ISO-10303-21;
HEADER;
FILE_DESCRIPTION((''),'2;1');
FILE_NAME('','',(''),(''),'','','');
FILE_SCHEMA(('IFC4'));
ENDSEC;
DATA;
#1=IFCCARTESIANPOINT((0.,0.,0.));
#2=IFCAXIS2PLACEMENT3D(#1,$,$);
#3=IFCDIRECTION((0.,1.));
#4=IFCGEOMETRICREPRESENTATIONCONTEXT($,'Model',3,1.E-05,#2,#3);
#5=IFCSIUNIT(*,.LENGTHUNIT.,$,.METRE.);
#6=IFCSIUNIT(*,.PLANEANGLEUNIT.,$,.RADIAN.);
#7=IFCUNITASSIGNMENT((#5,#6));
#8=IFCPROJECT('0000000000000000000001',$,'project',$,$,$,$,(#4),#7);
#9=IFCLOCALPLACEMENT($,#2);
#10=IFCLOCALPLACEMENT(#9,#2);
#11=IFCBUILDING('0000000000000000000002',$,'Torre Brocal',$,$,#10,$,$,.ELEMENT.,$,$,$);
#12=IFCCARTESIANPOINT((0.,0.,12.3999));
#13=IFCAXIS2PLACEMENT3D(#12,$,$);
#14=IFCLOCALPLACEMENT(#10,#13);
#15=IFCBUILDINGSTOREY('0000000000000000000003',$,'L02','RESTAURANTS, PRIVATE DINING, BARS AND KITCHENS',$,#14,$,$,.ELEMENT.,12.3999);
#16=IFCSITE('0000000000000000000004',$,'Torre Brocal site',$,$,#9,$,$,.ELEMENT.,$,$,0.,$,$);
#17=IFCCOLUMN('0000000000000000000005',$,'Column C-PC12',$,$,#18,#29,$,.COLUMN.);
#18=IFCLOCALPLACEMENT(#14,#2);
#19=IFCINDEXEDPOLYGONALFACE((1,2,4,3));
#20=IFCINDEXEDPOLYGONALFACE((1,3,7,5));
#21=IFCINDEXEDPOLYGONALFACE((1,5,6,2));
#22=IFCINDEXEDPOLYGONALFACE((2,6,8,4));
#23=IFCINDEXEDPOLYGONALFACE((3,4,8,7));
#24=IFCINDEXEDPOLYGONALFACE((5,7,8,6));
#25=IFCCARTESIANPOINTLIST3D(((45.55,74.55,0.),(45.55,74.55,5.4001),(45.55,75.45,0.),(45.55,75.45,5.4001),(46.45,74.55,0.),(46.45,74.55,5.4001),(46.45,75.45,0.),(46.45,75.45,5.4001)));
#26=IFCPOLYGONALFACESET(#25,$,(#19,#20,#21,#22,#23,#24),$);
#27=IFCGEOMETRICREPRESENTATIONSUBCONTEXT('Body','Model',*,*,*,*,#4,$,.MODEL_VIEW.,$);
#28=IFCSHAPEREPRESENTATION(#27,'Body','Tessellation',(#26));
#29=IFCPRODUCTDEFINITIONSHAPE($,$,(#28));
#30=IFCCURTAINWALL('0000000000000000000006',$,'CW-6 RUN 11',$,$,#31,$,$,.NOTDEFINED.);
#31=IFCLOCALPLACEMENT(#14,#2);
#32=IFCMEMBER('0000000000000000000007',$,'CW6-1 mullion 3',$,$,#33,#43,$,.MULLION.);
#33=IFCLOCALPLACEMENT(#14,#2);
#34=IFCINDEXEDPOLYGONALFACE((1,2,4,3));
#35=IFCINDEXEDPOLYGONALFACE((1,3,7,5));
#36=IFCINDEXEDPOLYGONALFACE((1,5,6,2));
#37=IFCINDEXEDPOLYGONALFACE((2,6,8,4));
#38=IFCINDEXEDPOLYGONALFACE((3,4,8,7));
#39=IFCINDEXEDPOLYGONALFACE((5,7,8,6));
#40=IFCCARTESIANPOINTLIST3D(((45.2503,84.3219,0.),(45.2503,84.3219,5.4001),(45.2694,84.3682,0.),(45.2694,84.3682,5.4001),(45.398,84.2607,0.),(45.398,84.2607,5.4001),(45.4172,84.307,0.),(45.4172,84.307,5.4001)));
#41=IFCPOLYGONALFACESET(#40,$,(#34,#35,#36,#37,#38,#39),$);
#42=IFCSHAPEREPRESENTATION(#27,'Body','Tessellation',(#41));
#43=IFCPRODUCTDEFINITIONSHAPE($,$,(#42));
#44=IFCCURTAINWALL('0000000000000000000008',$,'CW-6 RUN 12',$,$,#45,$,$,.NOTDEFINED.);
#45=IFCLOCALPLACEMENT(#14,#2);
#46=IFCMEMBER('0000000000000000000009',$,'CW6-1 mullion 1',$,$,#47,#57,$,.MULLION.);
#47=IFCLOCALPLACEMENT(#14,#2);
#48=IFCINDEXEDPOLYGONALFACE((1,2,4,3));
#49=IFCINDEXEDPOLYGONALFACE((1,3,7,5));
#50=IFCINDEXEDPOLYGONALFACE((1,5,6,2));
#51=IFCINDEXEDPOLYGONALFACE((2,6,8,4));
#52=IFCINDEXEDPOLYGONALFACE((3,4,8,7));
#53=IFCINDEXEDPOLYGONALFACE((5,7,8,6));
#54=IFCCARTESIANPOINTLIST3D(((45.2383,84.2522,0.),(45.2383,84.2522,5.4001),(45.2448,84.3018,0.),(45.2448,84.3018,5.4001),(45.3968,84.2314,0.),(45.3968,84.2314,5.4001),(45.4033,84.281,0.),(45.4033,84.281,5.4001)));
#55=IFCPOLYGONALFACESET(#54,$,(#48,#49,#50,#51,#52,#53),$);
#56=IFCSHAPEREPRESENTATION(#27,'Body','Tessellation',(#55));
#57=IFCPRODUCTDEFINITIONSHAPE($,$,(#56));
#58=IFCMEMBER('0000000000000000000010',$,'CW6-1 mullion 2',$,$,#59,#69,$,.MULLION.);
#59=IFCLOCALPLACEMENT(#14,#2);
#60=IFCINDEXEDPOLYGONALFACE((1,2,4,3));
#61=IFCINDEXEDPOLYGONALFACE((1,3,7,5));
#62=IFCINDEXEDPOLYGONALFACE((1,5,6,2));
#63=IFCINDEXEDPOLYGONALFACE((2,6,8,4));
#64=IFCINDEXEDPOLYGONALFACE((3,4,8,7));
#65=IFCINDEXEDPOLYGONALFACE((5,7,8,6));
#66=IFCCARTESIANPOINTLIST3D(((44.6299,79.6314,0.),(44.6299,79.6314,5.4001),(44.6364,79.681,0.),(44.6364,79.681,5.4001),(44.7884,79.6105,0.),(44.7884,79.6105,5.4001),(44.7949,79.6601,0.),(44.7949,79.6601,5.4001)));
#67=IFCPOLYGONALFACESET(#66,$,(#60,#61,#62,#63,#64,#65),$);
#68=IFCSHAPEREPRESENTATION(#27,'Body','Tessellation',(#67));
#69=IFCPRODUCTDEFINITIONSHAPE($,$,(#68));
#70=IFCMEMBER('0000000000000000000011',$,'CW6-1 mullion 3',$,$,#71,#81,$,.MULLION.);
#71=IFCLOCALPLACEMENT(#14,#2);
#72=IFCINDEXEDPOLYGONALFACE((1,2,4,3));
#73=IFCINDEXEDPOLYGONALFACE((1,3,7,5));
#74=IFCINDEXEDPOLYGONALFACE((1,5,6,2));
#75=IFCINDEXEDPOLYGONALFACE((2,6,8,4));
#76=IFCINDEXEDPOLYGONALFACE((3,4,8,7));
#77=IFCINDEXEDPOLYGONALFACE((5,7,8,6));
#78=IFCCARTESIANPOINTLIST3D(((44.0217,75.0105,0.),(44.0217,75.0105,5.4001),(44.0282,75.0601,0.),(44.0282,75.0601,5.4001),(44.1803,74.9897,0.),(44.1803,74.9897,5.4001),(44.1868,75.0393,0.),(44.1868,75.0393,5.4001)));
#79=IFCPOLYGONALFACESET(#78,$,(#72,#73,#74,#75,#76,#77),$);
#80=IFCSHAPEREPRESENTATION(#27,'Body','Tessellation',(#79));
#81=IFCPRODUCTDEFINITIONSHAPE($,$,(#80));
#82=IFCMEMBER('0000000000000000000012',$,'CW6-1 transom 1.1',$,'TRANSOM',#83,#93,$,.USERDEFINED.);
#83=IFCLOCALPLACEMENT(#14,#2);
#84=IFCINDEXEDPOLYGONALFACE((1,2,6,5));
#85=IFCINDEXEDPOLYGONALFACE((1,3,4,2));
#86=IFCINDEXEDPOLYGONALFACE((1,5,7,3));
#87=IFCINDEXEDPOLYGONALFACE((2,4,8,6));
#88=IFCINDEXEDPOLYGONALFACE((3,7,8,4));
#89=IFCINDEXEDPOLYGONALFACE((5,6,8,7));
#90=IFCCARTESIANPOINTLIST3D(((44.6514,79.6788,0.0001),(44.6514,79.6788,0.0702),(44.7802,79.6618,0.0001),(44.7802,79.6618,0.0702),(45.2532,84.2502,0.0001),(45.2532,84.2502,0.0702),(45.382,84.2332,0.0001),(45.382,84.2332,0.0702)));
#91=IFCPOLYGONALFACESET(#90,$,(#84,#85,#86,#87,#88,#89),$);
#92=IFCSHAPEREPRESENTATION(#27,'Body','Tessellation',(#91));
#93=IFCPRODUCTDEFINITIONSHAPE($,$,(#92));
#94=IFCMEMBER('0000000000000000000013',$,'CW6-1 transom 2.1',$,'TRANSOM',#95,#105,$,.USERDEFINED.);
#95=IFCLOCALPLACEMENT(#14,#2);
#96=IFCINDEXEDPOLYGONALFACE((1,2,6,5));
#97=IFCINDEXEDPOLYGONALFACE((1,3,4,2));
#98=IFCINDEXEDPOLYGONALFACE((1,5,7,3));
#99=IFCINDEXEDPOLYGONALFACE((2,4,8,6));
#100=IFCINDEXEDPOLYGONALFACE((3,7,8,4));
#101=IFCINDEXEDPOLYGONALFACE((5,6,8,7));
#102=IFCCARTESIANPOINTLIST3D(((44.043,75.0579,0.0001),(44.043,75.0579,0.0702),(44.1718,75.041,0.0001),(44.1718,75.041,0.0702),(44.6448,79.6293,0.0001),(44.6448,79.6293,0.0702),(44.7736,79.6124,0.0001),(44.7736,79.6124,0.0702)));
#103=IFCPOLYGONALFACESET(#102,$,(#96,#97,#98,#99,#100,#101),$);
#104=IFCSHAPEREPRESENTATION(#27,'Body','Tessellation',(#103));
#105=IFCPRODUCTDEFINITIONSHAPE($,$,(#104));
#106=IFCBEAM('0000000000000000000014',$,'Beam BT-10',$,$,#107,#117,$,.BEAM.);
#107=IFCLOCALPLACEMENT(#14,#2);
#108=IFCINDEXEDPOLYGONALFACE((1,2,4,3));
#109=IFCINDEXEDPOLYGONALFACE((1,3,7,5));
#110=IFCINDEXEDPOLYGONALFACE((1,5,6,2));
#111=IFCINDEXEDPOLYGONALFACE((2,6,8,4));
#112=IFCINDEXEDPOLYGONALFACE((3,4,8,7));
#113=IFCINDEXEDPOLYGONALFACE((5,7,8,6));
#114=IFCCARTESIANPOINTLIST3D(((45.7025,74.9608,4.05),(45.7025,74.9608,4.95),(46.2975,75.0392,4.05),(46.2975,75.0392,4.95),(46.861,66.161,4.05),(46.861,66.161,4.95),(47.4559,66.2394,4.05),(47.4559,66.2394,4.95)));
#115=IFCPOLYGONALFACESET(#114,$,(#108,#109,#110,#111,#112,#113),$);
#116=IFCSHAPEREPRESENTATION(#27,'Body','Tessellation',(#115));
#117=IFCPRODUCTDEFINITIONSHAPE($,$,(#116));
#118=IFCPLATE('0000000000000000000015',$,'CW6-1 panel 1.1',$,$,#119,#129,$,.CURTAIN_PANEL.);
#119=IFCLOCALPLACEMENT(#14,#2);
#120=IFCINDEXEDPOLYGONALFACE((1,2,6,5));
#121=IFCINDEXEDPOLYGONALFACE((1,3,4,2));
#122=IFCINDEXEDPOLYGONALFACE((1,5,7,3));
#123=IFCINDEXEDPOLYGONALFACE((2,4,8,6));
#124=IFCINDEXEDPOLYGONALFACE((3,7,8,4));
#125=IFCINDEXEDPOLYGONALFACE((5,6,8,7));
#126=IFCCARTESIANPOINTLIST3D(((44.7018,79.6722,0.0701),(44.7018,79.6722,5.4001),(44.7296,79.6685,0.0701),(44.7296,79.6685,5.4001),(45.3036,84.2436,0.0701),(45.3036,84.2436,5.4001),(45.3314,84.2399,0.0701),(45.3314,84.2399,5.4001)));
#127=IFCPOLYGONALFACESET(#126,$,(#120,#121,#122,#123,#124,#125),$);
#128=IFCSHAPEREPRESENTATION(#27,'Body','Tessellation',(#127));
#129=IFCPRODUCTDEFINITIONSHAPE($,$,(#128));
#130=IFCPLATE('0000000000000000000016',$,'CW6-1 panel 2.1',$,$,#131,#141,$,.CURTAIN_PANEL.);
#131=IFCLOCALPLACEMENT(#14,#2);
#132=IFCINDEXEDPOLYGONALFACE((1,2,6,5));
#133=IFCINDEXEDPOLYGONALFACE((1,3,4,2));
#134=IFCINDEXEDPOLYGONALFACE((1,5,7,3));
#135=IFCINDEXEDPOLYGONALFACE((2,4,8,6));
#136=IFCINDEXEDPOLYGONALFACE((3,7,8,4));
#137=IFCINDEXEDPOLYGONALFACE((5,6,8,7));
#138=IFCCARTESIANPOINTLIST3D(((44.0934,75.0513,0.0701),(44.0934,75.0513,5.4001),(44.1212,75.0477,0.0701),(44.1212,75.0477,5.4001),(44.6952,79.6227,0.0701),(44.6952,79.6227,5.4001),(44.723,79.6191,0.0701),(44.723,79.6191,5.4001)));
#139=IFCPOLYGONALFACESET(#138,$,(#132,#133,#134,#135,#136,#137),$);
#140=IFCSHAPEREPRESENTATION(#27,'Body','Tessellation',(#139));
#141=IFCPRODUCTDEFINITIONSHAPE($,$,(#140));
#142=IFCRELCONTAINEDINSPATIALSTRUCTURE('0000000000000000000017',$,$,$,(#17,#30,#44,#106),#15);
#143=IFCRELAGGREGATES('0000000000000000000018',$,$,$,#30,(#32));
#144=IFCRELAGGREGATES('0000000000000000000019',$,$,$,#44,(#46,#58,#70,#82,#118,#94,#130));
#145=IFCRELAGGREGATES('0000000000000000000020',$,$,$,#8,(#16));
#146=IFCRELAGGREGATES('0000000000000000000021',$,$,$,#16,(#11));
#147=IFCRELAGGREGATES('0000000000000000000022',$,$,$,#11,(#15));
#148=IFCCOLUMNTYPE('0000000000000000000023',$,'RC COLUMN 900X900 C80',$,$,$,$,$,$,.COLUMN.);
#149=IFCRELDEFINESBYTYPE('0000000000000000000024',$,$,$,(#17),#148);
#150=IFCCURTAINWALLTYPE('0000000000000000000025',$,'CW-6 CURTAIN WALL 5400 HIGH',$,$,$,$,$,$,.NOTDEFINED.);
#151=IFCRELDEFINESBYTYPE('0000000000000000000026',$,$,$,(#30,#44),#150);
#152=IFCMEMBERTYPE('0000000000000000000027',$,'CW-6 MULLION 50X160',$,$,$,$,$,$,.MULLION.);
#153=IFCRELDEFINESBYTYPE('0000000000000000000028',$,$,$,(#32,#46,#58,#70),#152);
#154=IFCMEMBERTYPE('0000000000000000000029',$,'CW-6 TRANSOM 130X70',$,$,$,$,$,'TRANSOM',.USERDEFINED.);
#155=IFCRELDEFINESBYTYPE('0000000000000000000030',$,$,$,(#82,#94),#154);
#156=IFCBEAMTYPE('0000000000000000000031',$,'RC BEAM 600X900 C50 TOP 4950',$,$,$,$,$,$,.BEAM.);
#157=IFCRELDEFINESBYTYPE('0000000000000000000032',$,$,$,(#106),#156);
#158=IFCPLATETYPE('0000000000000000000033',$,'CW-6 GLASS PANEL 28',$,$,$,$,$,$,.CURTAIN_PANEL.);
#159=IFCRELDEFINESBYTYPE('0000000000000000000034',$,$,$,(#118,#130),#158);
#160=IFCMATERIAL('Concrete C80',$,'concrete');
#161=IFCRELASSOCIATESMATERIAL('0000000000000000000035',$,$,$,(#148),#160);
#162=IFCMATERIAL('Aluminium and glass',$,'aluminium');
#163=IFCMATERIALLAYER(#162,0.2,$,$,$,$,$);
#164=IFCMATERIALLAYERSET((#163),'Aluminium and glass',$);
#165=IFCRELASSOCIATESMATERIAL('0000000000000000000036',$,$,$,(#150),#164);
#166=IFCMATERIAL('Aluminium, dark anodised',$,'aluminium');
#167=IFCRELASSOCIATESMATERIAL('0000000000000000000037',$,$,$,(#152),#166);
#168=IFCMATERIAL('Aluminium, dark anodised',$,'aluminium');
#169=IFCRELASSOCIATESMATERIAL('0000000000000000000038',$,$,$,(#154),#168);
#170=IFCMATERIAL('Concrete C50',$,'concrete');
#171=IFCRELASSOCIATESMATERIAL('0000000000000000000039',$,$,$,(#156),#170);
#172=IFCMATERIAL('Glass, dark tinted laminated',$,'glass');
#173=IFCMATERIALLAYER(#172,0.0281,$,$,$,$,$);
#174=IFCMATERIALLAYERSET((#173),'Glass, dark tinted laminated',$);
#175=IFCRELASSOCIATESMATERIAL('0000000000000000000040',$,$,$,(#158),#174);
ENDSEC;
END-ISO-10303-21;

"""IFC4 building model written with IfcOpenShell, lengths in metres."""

from ifc_helpers import new_model, si_unit, direction, frame, origin, origin_2d, place, context, subcontext, project, spatial, rectangle, extrude, material, layer, layer_set, material_profile, profile_set, type_object, element, aggregate, save


model = new_model("IFC4")

# Units and contexts
model_context = context("Model", 3, precision=1e-05, world=origin(), true_north=direction((0.0, 1.0)))
body_context = subcontext(model_context, "Body", "Model", "MODEL_VIEW")
ifc_project = project(units=[si_unit("LENGTHUNIT", "METRE"), si_unit("PLANEANGLEUNIT", "RADIAN")], contexts=[model_context])

# Site, building, storey
site_placement = place(None, origin())
site = spatial("IfcSite", under=ifc_project, at=site_placement, Name="Torre Brocal site", CompositionType="ELEMENT", RefElevation=0.0)
building_placement = place(site_placement, origin())
building = spatial("IfcBuilding", under=site, at=building_placement, Name="Torre Brocal", CompositionType="ELEMENT")
storey_placement = place(building_placement, frame((0.0, 0.0, 12.3999)))
storey = spatial("IfcBuildingStorey", under=building, at=storey_placement, Name="L02", Description="RESTAURANTS, PRIVATE DINING, BARS AND KITCHENS", CompositionType="ELEMENT", Elevation=12.3999)

# Column
ifc_material_1 = material(Name="Concrete C80", Category="concrete")
ifc_material_profile_1 = material_profile(ifc_material_1, rectangle(XDim=0.8999, YDim=0.8999, at=origin_2d()), Name="RC 900X900")
ifc_profile_set_1 = profile_set([ifc_material_profile_1], Name="Concrete C80")
column_type = type_object("IfcColumnType", Name="RC COLUMN 900X900 C80", PredefinedType="COLUMN", material=ifc_profile_set_1)
column_placement = place(storey_placement, frame((46.0, 75.0, 0.0), z_axis=(0.0, 0.0, 1.0), x_axis=(-1.0, 0.0, 0.0)))
element("IfcColumn", 1, at=column_placement, inside=storey, type_object=column_type, Name="Column C-PC12", PredefinedType="COLUMN", context=body_context, shape_type="SweptSolid", body=[
    extrude(rectangle(XDim=0.8999, YDim=0.8999, at=origin_2d()), origin(), (0.0, 0.0, 1.0), 5.4001),
])

# Curtain wall, member
ifc_material_2 = material(Name="Aluminium and glass", Category="aluminium")
ifc_layer_1 = layer(ifc_material_2, 0.2)
ifc_layer_set_1 = layer_set([ifc_layer_1], Name="Aluminium and glass")
curtain_wall_type = type_object("IfcCurtainWallType", Name="CW-6 CURTAIN WALL 5400 HIGH", PredefinedType="NOTDEFINED", material=ifc_layer_set_1)
curtain_wall_1_placement = place(storey_placement, origin())
curtain_wall_1 = element("IfcCurtainWall", 2, at=curtain_wall_1_placement, inside=storey, type_object=curtain_wall_type, Name="CW-6 RUN 11", PredefinedType="NOTDEFINED")
ifc_material_3 = material(Name="Aluminium, dark anodised", Category="aluminium")
ifc_material_profile_2 = material_profile(ifc_material_3, rectangle(XDim=0.1599, YDim=0.05, at=origin_2d()), Name="CW-6 MULLION 50X160")
ifc_profile_set_2 = profile_set([ifc_material_profile_2], Name="Aluminium, dark anodised")
member_type_1 = type_object("IfcMemberType", Name="CW-6 MULLION 50X160", PredefinedType="MULLION", material=ifc_profile_set_2)
member_1_placement = place(storey_placement, frame((45.3337, 84.3145, 0.0), z_axis=(0.0, 0.0, 1.0), x_axis=(0.92388, -0.382683, 0.0)))
member_1 = element("IfcMember", 3, at=member_1_placement, type_object=member_type_1, Name="CW6-1 mullion 3", PredefinedType="MULLION", context=body_context, shape_type="SweptSolid", body=[
    extrude(rectangle(XDim=0.1599, YDim=0.05, at=origin_2d()), origin(), (0.0, 0.0, 1.0), 5.4001),
])
aggregate(curtain_wall_1, [member_1])

# Curtain wall, members
curtain_wall_2_placement = place(storey_placement, origin())
curtain_wall_2 = element("IfcCurtainWall", 4, at=curtain_wall_2_placement, inside=storey, type_object=curtain_wall_type, Name="CW-6 RUN 12", PredefinedType="NOTDEFINED")
member_2_placement = place(storey_placement, frame((45.3208, 84.2666, 0.0), z_axis=(0.0, 0.0, 1.0), x_axis=(0.991445, -0.130526, 0.0)))
member_2 = element("IfcMember", 5, at=member_2_placement, type_object=member_type_1, Name="CW6-1 mullion 1", PredefinedType="MULLION", context=body_context, shape_type="SweptSolid", body=[
    extrude(rectangle(XDim=0.1599, YDim=0.05, at=origin_2d()), origin(), (0.0, 0.0, 1.0), 5.4001),
])
member_3_placement = place(storey_placement, frame((44.7124, 79.6458, 0.0), z_axis=(0.0, 0.0, 1.0), x_axis=(0.991445, -0.130526, 0.0)))
member_3 = element("IfcMember", 6, at=member_3_placement, type_object=member_type_1, Name="CW6-1 mullion 2", PredefinedType="MULLION", context=body_context, shape_type="SweptSolid", body=[
    extrude(rectangle(XDim=0.1599, YDim=0.05, at=origin_2d()), origin(), (0.0, 0.0, 1.0), 5.4001),
])
member_4_placement = place(storey_placement, frame((44.1042, 75.0249, 0.0), z_axis=(0.0, 0.0, 1.0), x_axis=(0.991445, -0.130526, 0.0)))
member_4 = element("IfcMember", 7, at=member_4_placement, type_object=member_type_1, Name="CW6-1 mullion 3", PredefinedType="MULLION", context=body_context, shape_type="SweptSolid", body=[
    extrude(rectangle(XDim=0.1599, YDim=0.05, at=origin_2d()), origin(), (0.0, 0.0, 1.0), 5.4001),
])
ifc_material_4 = material(Name="Aluminium, dark anodised", Category="aluminium")
ifc_material_profile_3 = material_profile(ifc_material_4, rectangle(XDim=0.1299, YDim=0.0701, at=origin_2d()), Name="CW-6 TRANSOM 130X70")
ifc_profile_set_3 = profile_set([ifc_material_profile_3], Name="Aluminium, dark anodised")
member_type_2 = type_object("IfcMemberType", Name="CW-6 TRANSOM 130X70", ElementType="TRANSOM", PredefinedType="USERDEFINED", material=ifc_profile_set_3)
member_5_placement = place(storey_placement, frame((45.3176, 84.2417, 0.0352), z_axis=(-0.130523, -0.991445, 0.0), x_axis=(0.991445, -0.130523, 0.0)))
member_5 = element("IfcMember", 8, at=member_5_placement, type_object=member_type_2, Name="CW6-1 transom 1.1", ObjectType="TRANSOM", PredefinedType="USERDEFINED", context=body_context, shape_type="SweptSolid", body=[
    extrude(rectangle(XDim=0.1299, YDim=0.0701, at=origin_2d()), origin(), (0.0, 0.0, 1.0), 4.6108),
])
member_6_placement = place(storey_placement, frame((44.7092, 79.6208, 0.0352), z_axis=(-0.130523, -0.991445, 0.0), x_axis=(0.991445, -0.130523, 0.0)))
member_6 = element("IfcMember", 9, at=member_6_placement, type_object=member_type_2, Name="CW6-1 transom 2.1", ObjectType="TRANSOM", PredefinedType="USERDEFINED", context=body_context, shape_type="SweptSolid", body=[
    extrude(rectangle(XDim=0.1299, YDim=0.0701, at=origin_2d()), origin(), (0.0, 0.0, 1.0), 4.6108),
])

# Beam
ifc_material_5 = material(Name="Concrete C50", Category="concrete")
ifc_material_profile_4 = material_profile(ifc_material_5, rectangle(XDim=0.6001, YDim=0.8999, at=origin_2d()), Name="RC 600X900")
ifc_profile_set_4 = profile_set([ifc_material_profile_4], Name="Concrete C50")
beam_type = type_object("IfcBeamType", Name="RC BEAM 600X900 C50 TOP 4950", PredefinedType="BEAM", material=ifc_profile_set_4)
beam_placement = place(storey_placement, frame((46.0, 75.0, 4.5), z_axis=(0.130519, -0.991446, 0.0), x_axis=(0.991446, 0.130519, 0.0)))
element("IfcBeam", 10, at=beam_placement, inside=storey, type_object=beam_type, Name="Beam BT-10", PredefinedType="BEAM", context=body_context, shape_type="SweptSolid", body=[
    extrude(rectangle(XDim=0.6001, YDim=0.8999, at=origin_2d()), origin(), (0.0, 0.0, 1.0), 8.8757),
])

# Plates
ifc_material_6 = material(Name="Glass, dark tinted laminated", Category="glass")
ifc_layer_2 = layer(ifc_material_6, 0.0281)
ifc_layer_set_2 = layer_set([ifc_layer_2], Name="Glass, dark tinted laminated")
plate_type = type_object("IfcPlateType", Name="CW-6 GLASS PANEL 28", PredefinedType="CURTAIN_PANEL", material=ifc_layer_set_2)
plate_1_placement = place(storey_placement, frame((45.0166, 81.9561, 0.0701), z_axis=(0.0, 0.0, 1.0), x_axis=(-0.130526, -0.991445, 0.0)))
plate_1 = element("IfcPlate", 11, at=plate_1_placement, type_object=plate_type, Name="CW6-1 panel 1.1", PredefinedType="CURTAIN_PANEL", context=body_context, shape_type="SweptSolid", body=[
    extrude(rectangle(XDim=4.6108, YDim=0.0281, at=origin_2d()), origin(), (0.0, 0.0, 1.0), 5.3301),
])
plate_2_placement = place(storey_placement, frame((44.4082, 77.3352, 0.0701), z_axis=(0.0, 0.0, 1.0), x_axis=(-0.130526, -0.991445, 0.0)))
plate_2 = element("IfcPlate", 12, at=plate_2_placement, type_object=plate_type, Name="CW6-1 panel 2.1", PredefinedType="CURTAIN_PANEL", context=body_context, shape_type="SweptSolid", body=[
    extrude(rectangle(XDim=4.6108, YDim=0.0281, at=origin_2d()), origin(), (0.0, 0.0, 1.0), 5.3301),
])
aggregate(curtain_wall_2, [member_2, member_3, member_4, member_5, plate_1, member_6, plate_2])

save(model, "model.ifc")
